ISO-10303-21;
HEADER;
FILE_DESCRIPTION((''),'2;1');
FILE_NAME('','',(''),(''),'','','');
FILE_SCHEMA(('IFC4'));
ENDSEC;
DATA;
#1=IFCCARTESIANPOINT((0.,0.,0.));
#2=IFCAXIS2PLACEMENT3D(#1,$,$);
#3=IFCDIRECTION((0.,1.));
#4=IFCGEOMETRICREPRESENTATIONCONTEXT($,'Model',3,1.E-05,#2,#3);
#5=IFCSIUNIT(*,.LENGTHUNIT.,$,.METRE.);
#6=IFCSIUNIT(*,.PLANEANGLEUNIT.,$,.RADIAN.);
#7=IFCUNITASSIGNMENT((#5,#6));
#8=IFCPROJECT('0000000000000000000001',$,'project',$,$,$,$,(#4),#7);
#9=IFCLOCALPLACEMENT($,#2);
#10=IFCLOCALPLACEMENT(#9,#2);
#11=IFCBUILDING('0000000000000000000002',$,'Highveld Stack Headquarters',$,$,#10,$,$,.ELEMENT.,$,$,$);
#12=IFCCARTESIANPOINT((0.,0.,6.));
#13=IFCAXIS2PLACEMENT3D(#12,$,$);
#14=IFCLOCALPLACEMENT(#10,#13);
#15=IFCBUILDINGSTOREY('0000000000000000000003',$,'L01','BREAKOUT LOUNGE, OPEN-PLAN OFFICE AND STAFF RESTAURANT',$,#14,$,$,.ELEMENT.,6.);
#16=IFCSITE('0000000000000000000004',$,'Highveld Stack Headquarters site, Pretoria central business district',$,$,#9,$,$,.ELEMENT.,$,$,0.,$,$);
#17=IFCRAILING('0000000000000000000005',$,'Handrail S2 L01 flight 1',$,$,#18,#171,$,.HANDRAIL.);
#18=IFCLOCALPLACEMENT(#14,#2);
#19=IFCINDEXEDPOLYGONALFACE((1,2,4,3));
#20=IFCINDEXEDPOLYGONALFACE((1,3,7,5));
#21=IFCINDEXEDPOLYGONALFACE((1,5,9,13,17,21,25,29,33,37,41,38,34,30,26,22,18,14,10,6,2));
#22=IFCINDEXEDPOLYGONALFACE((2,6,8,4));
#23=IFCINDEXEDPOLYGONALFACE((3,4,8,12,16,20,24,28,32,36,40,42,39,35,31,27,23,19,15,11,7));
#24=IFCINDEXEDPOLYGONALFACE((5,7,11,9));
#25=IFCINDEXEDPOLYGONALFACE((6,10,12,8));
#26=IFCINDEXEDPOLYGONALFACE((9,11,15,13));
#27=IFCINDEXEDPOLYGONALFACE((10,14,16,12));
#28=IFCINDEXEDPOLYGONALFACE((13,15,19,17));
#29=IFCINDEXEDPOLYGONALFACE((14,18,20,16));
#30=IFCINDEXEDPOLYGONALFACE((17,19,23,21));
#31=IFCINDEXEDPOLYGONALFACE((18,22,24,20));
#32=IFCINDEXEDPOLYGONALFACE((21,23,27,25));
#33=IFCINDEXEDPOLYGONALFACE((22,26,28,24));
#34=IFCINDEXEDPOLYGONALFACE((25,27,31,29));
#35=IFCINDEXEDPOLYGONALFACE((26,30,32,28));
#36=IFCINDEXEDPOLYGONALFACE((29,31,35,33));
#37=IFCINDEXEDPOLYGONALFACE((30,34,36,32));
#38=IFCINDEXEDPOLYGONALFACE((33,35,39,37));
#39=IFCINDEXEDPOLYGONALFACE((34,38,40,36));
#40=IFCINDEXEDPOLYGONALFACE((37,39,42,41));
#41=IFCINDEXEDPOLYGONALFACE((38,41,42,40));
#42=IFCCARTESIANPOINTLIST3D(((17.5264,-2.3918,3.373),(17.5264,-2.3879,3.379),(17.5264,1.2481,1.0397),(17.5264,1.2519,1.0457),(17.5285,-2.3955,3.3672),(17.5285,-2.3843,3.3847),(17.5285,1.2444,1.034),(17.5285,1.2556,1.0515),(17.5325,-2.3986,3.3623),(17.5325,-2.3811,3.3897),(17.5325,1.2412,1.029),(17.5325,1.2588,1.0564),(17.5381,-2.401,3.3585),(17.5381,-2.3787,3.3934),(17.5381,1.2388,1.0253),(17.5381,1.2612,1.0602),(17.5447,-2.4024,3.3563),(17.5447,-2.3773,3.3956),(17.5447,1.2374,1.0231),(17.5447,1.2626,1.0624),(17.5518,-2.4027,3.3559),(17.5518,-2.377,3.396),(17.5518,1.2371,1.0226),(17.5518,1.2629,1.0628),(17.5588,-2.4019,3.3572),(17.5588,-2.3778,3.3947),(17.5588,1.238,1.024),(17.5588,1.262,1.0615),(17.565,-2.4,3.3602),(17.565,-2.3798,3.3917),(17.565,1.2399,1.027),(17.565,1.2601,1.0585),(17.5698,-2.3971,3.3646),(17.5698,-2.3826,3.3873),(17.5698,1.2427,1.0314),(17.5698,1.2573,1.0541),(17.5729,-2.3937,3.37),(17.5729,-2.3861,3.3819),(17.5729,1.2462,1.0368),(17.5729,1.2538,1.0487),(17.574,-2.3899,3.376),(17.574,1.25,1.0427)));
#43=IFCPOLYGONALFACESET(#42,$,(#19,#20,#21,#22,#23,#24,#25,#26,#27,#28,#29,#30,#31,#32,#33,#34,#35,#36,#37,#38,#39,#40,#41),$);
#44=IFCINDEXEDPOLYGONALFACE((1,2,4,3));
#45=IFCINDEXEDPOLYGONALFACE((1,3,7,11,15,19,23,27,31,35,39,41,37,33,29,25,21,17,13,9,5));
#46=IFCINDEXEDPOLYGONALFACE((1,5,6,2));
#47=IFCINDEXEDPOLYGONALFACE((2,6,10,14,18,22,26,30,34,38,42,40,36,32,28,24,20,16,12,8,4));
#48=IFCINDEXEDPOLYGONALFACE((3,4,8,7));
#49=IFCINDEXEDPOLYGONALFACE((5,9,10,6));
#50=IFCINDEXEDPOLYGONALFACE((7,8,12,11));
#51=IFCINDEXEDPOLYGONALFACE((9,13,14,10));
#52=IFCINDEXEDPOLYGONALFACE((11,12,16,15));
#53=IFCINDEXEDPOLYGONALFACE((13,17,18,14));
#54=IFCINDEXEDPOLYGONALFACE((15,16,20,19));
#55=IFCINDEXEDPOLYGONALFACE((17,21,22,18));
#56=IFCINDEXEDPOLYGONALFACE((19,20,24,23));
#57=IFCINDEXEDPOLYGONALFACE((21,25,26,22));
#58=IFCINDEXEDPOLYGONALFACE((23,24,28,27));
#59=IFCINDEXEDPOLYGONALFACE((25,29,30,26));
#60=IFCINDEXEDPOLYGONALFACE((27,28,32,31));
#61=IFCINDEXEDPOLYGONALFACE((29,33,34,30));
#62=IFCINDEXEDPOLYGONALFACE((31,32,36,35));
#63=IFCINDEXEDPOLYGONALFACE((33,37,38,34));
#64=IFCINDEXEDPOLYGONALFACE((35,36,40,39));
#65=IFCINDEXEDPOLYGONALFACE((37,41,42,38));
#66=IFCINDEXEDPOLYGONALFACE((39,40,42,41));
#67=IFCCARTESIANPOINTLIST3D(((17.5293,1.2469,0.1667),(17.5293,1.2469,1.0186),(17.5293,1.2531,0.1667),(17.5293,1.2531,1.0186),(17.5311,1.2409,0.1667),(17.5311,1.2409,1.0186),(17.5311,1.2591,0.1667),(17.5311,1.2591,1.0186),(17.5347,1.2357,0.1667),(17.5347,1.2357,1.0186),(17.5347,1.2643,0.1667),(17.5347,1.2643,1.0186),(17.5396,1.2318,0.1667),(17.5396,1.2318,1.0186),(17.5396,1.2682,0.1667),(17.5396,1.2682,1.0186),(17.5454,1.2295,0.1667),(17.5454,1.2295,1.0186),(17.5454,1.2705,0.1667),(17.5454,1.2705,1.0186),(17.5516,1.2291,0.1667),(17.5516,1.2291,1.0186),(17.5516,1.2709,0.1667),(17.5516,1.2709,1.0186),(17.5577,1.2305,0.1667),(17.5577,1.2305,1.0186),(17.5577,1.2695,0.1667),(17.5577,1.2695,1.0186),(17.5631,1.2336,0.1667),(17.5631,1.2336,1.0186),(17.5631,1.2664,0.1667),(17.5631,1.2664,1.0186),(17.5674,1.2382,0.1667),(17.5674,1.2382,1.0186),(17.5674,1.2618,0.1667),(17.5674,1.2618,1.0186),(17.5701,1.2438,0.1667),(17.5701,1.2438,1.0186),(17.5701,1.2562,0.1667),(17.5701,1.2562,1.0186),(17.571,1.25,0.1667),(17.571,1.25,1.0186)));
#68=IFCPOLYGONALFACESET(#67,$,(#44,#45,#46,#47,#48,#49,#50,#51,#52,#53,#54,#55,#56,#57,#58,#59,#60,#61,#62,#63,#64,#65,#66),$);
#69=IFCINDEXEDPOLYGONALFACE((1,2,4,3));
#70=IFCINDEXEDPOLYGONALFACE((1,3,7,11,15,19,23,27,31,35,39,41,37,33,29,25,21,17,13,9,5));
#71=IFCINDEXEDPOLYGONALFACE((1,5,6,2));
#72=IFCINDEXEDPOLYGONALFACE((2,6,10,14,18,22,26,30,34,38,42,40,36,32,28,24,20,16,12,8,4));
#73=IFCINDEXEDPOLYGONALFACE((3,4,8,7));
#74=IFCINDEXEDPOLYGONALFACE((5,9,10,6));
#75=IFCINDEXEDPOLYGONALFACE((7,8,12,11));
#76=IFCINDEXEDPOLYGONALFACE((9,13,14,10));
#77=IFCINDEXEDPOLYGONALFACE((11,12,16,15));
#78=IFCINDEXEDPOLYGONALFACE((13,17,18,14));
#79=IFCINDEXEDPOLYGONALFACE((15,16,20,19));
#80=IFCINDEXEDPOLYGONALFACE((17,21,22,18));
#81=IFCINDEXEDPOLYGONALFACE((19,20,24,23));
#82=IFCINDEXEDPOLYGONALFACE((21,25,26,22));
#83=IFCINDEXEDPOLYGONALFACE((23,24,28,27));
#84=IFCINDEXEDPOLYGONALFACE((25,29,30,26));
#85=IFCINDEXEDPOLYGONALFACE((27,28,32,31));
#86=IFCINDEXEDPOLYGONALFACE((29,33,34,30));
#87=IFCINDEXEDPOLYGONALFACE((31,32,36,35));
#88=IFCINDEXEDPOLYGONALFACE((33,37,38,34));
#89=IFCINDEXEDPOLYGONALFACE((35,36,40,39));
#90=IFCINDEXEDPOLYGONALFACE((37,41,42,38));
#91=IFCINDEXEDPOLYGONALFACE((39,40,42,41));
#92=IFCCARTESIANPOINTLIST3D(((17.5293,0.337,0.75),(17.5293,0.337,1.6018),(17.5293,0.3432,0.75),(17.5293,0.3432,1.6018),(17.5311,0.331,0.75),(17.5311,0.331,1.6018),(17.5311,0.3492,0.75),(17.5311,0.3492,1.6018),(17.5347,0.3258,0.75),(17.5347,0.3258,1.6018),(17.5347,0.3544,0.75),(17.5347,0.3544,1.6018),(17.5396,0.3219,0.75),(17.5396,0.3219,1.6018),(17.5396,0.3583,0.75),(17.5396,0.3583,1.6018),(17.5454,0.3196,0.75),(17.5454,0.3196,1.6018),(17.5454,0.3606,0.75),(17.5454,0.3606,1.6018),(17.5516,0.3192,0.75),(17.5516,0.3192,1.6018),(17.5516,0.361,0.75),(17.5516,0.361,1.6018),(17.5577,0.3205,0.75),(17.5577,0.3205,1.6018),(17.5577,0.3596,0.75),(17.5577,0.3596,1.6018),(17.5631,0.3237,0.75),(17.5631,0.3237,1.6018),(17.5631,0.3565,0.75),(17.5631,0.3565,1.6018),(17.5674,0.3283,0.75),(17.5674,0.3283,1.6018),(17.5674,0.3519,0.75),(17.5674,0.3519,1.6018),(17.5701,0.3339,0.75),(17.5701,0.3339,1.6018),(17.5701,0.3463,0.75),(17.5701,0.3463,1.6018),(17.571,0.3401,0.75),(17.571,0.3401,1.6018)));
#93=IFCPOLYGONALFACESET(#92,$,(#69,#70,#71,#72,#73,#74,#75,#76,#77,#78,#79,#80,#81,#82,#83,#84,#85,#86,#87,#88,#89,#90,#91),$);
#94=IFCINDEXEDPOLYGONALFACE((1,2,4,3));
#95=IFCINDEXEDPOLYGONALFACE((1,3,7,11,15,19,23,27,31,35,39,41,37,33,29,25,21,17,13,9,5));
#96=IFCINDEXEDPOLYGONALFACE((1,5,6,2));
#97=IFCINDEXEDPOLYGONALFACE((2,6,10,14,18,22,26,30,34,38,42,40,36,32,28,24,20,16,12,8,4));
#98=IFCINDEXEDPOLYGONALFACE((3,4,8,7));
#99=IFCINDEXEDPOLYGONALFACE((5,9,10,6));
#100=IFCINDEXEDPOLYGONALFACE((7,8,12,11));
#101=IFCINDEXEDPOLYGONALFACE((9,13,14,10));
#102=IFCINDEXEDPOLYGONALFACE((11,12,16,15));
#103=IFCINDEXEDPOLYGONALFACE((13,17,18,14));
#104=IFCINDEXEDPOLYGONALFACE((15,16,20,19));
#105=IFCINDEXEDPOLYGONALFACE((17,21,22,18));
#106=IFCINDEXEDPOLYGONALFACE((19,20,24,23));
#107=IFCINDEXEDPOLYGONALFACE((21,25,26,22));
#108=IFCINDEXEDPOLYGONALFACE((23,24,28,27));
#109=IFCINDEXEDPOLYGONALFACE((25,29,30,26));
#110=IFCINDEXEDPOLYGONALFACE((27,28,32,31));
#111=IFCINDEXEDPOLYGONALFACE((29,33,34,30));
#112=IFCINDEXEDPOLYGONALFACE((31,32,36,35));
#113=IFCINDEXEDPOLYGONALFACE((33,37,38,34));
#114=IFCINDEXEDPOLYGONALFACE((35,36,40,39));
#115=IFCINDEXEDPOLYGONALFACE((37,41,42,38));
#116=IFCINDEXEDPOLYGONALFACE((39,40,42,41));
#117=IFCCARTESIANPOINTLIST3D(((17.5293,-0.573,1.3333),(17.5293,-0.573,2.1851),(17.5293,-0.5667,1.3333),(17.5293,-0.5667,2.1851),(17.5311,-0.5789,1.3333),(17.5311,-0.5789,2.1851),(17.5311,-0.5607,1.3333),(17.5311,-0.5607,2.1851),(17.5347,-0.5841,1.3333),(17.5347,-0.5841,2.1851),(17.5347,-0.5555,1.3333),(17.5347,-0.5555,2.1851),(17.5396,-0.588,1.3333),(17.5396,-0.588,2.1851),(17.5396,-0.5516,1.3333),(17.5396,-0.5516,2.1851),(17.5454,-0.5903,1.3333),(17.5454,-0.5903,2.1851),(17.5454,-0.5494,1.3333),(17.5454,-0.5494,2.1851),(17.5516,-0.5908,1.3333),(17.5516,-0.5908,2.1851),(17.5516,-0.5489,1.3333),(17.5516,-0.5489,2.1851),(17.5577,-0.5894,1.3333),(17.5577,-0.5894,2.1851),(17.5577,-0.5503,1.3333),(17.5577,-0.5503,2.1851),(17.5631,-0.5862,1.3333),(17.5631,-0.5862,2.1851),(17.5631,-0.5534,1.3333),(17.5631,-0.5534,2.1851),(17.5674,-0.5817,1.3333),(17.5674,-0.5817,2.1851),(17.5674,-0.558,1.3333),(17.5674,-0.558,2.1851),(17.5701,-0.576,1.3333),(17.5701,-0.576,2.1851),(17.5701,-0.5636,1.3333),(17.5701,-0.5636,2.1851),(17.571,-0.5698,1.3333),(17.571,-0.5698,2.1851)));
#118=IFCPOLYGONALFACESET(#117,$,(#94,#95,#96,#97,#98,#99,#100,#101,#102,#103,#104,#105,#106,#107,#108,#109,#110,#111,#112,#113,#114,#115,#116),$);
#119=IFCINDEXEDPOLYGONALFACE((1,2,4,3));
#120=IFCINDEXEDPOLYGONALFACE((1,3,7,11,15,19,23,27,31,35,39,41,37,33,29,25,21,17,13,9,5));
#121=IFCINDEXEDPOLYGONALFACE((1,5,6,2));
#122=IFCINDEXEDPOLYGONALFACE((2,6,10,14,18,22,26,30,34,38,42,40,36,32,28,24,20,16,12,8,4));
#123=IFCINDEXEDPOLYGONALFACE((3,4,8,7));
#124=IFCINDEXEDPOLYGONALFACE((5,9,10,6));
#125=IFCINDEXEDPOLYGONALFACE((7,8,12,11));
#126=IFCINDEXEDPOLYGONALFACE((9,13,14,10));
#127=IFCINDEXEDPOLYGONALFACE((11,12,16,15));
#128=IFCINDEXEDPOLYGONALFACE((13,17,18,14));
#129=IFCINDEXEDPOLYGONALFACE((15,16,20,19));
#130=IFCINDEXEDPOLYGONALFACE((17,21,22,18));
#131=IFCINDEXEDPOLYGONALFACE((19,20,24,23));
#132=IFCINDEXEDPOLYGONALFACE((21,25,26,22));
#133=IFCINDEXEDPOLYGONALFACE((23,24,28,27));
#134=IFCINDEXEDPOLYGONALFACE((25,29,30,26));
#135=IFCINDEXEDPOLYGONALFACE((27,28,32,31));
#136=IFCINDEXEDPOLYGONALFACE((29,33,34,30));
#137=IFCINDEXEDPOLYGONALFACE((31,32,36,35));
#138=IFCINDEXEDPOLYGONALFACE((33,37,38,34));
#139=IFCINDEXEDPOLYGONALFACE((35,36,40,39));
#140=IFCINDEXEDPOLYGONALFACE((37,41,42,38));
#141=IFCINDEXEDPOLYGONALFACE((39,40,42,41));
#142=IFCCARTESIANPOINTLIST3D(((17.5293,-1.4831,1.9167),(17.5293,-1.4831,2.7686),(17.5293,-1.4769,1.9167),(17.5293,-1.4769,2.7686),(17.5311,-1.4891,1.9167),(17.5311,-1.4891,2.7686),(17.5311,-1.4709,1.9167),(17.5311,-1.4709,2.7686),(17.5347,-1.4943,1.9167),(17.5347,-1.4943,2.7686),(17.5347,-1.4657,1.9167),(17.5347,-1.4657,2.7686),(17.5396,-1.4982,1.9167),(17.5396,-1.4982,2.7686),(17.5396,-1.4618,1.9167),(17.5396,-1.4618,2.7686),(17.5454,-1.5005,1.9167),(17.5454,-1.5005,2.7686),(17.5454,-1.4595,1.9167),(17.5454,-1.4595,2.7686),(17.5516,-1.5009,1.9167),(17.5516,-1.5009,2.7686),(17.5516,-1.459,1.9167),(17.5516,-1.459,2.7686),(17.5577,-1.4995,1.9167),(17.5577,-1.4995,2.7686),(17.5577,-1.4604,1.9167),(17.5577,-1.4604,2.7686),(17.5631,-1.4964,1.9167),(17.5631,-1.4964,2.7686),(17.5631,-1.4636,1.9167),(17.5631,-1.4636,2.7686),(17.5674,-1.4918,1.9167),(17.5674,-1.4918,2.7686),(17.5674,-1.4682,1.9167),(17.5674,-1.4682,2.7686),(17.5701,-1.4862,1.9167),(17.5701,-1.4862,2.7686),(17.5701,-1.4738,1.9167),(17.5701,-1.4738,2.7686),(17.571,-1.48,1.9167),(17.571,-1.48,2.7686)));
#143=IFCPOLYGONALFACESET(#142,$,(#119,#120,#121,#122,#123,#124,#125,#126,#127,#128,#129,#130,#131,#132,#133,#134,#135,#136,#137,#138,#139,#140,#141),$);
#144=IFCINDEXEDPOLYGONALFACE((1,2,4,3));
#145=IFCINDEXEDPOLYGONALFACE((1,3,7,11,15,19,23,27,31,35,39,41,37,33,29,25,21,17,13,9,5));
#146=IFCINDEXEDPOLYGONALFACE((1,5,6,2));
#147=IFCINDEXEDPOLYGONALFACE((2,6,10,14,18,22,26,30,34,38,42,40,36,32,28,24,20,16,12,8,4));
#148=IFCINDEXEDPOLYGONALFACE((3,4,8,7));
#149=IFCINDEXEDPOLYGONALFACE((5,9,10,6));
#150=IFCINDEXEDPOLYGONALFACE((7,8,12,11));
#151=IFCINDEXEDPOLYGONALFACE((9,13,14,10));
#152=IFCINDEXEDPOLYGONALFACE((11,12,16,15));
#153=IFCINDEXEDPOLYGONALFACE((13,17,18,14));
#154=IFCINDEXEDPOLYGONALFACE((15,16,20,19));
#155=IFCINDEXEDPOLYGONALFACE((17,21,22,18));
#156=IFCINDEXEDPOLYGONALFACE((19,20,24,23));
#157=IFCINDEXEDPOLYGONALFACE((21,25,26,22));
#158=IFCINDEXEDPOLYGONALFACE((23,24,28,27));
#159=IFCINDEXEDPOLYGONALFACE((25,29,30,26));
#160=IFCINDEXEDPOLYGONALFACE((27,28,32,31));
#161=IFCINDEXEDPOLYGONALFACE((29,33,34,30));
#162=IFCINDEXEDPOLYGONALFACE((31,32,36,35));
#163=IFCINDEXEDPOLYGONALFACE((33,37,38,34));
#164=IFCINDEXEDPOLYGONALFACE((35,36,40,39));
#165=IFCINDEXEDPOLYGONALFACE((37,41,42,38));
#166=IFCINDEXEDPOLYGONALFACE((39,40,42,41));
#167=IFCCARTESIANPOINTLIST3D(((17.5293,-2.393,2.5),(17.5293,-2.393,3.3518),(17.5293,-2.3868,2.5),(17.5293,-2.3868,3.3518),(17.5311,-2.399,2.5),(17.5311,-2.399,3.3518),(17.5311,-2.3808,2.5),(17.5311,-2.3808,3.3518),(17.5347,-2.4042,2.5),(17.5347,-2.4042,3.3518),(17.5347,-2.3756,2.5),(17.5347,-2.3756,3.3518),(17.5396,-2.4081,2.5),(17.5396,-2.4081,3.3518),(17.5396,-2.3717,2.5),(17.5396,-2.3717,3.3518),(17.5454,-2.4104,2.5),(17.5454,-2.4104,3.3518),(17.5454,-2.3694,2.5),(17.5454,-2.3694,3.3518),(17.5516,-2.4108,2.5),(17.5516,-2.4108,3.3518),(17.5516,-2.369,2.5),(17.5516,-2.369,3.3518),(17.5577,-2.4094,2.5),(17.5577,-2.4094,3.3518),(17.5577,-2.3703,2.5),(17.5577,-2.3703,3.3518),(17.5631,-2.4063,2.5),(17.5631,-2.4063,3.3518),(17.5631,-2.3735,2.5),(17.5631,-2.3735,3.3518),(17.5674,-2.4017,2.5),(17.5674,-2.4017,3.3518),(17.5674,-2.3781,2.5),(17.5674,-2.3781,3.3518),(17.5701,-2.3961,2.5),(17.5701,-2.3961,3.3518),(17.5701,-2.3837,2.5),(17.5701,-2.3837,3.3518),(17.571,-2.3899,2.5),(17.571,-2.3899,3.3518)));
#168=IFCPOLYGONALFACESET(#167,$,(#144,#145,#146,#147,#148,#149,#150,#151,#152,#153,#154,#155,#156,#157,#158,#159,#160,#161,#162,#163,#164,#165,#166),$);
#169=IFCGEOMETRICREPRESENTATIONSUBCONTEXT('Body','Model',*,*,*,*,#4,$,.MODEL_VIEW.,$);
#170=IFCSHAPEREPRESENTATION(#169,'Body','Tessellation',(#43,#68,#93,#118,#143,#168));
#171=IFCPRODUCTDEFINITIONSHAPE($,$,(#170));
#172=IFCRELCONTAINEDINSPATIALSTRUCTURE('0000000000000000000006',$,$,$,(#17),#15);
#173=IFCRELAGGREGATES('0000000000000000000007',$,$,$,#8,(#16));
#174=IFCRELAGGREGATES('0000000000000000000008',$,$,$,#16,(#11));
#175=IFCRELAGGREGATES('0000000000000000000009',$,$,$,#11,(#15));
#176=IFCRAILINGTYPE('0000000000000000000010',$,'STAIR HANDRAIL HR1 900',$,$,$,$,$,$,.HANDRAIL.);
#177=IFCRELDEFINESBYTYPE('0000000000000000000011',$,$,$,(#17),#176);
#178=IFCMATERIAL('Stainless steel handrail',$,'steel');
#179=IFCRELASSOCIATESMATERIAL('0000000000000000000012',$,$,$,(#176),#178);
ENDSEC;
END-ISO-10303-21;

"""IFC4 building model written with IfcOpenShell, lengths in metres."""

from ifc_helpers import new_model, si_unit, direction, frame, origin, origin_2d, place, context, subcontext, project, spatial, circle, extrude, material, type_object, element, save


model = new_model("IFC4")

# Units and contexts
model_context = context("Model", 3, precision=1e-05, world=origin(), true_north=direction((0.0, 1.0)))
body_context = subcontext(model_context, "Body", "Model", "MODEL_VIEW")
ifc_project = project(units=[si_unit("LENGTHUNIT", "METRE"), si_unit("PLANEANGLEUNIT", "RADIAN")], contexts=[model_context])

# Site, building, storey
site_placement = place(None, origin())
site = spatial("IfcSite", under=ifc_project, at=site_placement, Name="Highveld Stack Headquarters site, Pretoria central business district", CompositionType="ELEMENT", RefElevation=0.0)
building_placement = place(site_placement, origin())
building = spatial("IfcBuilding", under=site, at=building_placement, Name="Highveld Stack Headquarters", CompositionType="ELEMENT")
storey_placement = place(building_placement, frame((0.0, 0.0, 6.0)))
storey = spatial("IfcBuildingStorey", under=building, at=storey_placement, Name="L01", Description="BREAKOUT LOUNGE, OPEN-PLAN OFFICE AND STAFF RESTAURANT", CompositionType="ELEMENT", Elevation=6.0)

# Railing
ifc_material_1 = material(Name="Stainless steel handrail", Category="steel")
railing_type = type_object("IfcRailingType", Name="STAIR HANDRAIL HR1 900", PredefinedType="HANDRAIL", material=ifc_material_1)
for number, where, name in (
    (1, (17.55, 1.25, 0.1667), "Handrail S2 L01 flight 1"),
):
    element("IfcRailing", number, at=place(storey_placement, frame(where)), inside=storey, type_object=railing_type, Name=name, PredefinedType="HANDRAIL", context=body_context, shape_type="SweptSolid", body=[
        extrude(circle(Radius=0.0239, at=origin_2d()), frame((0.0, 0.0, 0.876), z_axis=(0.0, -0.84188, 0.539664), x_axis=(1.0, 0.0, 0.0)), (0.0, 0.0, 1.0), 4.3235),
        extrude(circle(Radius=0.021, at=origin_2d()), origin(), (0.0, 0.0, 1.0), 0.8518),
        extrude(circle(Radius=0.021, at=origin_2d()), frame((0.0, -0.9099, 0.5833)), (0.0, 0.0, 1.0), 0.8518),
        extrude(circle(Radius=0.021, at=origin_2d()), frame((0.0, -1.8198, 1.1665)), (0.0, 0.0, 1.0), 0.8518),
        extrude(circle(Radius=0.021, at=origin_2d()), frame((0.0, -2.73, 1.75)), (0.0, 0.0, 1.0), 0.8518),
        extrude(circle(Radius=0.021, at=origin_2d()), frame((0.0, -3.6399, 2.3333)), (0.0, 0.0, 1.0), 0.8518),
    ])

save(model, "model.ifc")
